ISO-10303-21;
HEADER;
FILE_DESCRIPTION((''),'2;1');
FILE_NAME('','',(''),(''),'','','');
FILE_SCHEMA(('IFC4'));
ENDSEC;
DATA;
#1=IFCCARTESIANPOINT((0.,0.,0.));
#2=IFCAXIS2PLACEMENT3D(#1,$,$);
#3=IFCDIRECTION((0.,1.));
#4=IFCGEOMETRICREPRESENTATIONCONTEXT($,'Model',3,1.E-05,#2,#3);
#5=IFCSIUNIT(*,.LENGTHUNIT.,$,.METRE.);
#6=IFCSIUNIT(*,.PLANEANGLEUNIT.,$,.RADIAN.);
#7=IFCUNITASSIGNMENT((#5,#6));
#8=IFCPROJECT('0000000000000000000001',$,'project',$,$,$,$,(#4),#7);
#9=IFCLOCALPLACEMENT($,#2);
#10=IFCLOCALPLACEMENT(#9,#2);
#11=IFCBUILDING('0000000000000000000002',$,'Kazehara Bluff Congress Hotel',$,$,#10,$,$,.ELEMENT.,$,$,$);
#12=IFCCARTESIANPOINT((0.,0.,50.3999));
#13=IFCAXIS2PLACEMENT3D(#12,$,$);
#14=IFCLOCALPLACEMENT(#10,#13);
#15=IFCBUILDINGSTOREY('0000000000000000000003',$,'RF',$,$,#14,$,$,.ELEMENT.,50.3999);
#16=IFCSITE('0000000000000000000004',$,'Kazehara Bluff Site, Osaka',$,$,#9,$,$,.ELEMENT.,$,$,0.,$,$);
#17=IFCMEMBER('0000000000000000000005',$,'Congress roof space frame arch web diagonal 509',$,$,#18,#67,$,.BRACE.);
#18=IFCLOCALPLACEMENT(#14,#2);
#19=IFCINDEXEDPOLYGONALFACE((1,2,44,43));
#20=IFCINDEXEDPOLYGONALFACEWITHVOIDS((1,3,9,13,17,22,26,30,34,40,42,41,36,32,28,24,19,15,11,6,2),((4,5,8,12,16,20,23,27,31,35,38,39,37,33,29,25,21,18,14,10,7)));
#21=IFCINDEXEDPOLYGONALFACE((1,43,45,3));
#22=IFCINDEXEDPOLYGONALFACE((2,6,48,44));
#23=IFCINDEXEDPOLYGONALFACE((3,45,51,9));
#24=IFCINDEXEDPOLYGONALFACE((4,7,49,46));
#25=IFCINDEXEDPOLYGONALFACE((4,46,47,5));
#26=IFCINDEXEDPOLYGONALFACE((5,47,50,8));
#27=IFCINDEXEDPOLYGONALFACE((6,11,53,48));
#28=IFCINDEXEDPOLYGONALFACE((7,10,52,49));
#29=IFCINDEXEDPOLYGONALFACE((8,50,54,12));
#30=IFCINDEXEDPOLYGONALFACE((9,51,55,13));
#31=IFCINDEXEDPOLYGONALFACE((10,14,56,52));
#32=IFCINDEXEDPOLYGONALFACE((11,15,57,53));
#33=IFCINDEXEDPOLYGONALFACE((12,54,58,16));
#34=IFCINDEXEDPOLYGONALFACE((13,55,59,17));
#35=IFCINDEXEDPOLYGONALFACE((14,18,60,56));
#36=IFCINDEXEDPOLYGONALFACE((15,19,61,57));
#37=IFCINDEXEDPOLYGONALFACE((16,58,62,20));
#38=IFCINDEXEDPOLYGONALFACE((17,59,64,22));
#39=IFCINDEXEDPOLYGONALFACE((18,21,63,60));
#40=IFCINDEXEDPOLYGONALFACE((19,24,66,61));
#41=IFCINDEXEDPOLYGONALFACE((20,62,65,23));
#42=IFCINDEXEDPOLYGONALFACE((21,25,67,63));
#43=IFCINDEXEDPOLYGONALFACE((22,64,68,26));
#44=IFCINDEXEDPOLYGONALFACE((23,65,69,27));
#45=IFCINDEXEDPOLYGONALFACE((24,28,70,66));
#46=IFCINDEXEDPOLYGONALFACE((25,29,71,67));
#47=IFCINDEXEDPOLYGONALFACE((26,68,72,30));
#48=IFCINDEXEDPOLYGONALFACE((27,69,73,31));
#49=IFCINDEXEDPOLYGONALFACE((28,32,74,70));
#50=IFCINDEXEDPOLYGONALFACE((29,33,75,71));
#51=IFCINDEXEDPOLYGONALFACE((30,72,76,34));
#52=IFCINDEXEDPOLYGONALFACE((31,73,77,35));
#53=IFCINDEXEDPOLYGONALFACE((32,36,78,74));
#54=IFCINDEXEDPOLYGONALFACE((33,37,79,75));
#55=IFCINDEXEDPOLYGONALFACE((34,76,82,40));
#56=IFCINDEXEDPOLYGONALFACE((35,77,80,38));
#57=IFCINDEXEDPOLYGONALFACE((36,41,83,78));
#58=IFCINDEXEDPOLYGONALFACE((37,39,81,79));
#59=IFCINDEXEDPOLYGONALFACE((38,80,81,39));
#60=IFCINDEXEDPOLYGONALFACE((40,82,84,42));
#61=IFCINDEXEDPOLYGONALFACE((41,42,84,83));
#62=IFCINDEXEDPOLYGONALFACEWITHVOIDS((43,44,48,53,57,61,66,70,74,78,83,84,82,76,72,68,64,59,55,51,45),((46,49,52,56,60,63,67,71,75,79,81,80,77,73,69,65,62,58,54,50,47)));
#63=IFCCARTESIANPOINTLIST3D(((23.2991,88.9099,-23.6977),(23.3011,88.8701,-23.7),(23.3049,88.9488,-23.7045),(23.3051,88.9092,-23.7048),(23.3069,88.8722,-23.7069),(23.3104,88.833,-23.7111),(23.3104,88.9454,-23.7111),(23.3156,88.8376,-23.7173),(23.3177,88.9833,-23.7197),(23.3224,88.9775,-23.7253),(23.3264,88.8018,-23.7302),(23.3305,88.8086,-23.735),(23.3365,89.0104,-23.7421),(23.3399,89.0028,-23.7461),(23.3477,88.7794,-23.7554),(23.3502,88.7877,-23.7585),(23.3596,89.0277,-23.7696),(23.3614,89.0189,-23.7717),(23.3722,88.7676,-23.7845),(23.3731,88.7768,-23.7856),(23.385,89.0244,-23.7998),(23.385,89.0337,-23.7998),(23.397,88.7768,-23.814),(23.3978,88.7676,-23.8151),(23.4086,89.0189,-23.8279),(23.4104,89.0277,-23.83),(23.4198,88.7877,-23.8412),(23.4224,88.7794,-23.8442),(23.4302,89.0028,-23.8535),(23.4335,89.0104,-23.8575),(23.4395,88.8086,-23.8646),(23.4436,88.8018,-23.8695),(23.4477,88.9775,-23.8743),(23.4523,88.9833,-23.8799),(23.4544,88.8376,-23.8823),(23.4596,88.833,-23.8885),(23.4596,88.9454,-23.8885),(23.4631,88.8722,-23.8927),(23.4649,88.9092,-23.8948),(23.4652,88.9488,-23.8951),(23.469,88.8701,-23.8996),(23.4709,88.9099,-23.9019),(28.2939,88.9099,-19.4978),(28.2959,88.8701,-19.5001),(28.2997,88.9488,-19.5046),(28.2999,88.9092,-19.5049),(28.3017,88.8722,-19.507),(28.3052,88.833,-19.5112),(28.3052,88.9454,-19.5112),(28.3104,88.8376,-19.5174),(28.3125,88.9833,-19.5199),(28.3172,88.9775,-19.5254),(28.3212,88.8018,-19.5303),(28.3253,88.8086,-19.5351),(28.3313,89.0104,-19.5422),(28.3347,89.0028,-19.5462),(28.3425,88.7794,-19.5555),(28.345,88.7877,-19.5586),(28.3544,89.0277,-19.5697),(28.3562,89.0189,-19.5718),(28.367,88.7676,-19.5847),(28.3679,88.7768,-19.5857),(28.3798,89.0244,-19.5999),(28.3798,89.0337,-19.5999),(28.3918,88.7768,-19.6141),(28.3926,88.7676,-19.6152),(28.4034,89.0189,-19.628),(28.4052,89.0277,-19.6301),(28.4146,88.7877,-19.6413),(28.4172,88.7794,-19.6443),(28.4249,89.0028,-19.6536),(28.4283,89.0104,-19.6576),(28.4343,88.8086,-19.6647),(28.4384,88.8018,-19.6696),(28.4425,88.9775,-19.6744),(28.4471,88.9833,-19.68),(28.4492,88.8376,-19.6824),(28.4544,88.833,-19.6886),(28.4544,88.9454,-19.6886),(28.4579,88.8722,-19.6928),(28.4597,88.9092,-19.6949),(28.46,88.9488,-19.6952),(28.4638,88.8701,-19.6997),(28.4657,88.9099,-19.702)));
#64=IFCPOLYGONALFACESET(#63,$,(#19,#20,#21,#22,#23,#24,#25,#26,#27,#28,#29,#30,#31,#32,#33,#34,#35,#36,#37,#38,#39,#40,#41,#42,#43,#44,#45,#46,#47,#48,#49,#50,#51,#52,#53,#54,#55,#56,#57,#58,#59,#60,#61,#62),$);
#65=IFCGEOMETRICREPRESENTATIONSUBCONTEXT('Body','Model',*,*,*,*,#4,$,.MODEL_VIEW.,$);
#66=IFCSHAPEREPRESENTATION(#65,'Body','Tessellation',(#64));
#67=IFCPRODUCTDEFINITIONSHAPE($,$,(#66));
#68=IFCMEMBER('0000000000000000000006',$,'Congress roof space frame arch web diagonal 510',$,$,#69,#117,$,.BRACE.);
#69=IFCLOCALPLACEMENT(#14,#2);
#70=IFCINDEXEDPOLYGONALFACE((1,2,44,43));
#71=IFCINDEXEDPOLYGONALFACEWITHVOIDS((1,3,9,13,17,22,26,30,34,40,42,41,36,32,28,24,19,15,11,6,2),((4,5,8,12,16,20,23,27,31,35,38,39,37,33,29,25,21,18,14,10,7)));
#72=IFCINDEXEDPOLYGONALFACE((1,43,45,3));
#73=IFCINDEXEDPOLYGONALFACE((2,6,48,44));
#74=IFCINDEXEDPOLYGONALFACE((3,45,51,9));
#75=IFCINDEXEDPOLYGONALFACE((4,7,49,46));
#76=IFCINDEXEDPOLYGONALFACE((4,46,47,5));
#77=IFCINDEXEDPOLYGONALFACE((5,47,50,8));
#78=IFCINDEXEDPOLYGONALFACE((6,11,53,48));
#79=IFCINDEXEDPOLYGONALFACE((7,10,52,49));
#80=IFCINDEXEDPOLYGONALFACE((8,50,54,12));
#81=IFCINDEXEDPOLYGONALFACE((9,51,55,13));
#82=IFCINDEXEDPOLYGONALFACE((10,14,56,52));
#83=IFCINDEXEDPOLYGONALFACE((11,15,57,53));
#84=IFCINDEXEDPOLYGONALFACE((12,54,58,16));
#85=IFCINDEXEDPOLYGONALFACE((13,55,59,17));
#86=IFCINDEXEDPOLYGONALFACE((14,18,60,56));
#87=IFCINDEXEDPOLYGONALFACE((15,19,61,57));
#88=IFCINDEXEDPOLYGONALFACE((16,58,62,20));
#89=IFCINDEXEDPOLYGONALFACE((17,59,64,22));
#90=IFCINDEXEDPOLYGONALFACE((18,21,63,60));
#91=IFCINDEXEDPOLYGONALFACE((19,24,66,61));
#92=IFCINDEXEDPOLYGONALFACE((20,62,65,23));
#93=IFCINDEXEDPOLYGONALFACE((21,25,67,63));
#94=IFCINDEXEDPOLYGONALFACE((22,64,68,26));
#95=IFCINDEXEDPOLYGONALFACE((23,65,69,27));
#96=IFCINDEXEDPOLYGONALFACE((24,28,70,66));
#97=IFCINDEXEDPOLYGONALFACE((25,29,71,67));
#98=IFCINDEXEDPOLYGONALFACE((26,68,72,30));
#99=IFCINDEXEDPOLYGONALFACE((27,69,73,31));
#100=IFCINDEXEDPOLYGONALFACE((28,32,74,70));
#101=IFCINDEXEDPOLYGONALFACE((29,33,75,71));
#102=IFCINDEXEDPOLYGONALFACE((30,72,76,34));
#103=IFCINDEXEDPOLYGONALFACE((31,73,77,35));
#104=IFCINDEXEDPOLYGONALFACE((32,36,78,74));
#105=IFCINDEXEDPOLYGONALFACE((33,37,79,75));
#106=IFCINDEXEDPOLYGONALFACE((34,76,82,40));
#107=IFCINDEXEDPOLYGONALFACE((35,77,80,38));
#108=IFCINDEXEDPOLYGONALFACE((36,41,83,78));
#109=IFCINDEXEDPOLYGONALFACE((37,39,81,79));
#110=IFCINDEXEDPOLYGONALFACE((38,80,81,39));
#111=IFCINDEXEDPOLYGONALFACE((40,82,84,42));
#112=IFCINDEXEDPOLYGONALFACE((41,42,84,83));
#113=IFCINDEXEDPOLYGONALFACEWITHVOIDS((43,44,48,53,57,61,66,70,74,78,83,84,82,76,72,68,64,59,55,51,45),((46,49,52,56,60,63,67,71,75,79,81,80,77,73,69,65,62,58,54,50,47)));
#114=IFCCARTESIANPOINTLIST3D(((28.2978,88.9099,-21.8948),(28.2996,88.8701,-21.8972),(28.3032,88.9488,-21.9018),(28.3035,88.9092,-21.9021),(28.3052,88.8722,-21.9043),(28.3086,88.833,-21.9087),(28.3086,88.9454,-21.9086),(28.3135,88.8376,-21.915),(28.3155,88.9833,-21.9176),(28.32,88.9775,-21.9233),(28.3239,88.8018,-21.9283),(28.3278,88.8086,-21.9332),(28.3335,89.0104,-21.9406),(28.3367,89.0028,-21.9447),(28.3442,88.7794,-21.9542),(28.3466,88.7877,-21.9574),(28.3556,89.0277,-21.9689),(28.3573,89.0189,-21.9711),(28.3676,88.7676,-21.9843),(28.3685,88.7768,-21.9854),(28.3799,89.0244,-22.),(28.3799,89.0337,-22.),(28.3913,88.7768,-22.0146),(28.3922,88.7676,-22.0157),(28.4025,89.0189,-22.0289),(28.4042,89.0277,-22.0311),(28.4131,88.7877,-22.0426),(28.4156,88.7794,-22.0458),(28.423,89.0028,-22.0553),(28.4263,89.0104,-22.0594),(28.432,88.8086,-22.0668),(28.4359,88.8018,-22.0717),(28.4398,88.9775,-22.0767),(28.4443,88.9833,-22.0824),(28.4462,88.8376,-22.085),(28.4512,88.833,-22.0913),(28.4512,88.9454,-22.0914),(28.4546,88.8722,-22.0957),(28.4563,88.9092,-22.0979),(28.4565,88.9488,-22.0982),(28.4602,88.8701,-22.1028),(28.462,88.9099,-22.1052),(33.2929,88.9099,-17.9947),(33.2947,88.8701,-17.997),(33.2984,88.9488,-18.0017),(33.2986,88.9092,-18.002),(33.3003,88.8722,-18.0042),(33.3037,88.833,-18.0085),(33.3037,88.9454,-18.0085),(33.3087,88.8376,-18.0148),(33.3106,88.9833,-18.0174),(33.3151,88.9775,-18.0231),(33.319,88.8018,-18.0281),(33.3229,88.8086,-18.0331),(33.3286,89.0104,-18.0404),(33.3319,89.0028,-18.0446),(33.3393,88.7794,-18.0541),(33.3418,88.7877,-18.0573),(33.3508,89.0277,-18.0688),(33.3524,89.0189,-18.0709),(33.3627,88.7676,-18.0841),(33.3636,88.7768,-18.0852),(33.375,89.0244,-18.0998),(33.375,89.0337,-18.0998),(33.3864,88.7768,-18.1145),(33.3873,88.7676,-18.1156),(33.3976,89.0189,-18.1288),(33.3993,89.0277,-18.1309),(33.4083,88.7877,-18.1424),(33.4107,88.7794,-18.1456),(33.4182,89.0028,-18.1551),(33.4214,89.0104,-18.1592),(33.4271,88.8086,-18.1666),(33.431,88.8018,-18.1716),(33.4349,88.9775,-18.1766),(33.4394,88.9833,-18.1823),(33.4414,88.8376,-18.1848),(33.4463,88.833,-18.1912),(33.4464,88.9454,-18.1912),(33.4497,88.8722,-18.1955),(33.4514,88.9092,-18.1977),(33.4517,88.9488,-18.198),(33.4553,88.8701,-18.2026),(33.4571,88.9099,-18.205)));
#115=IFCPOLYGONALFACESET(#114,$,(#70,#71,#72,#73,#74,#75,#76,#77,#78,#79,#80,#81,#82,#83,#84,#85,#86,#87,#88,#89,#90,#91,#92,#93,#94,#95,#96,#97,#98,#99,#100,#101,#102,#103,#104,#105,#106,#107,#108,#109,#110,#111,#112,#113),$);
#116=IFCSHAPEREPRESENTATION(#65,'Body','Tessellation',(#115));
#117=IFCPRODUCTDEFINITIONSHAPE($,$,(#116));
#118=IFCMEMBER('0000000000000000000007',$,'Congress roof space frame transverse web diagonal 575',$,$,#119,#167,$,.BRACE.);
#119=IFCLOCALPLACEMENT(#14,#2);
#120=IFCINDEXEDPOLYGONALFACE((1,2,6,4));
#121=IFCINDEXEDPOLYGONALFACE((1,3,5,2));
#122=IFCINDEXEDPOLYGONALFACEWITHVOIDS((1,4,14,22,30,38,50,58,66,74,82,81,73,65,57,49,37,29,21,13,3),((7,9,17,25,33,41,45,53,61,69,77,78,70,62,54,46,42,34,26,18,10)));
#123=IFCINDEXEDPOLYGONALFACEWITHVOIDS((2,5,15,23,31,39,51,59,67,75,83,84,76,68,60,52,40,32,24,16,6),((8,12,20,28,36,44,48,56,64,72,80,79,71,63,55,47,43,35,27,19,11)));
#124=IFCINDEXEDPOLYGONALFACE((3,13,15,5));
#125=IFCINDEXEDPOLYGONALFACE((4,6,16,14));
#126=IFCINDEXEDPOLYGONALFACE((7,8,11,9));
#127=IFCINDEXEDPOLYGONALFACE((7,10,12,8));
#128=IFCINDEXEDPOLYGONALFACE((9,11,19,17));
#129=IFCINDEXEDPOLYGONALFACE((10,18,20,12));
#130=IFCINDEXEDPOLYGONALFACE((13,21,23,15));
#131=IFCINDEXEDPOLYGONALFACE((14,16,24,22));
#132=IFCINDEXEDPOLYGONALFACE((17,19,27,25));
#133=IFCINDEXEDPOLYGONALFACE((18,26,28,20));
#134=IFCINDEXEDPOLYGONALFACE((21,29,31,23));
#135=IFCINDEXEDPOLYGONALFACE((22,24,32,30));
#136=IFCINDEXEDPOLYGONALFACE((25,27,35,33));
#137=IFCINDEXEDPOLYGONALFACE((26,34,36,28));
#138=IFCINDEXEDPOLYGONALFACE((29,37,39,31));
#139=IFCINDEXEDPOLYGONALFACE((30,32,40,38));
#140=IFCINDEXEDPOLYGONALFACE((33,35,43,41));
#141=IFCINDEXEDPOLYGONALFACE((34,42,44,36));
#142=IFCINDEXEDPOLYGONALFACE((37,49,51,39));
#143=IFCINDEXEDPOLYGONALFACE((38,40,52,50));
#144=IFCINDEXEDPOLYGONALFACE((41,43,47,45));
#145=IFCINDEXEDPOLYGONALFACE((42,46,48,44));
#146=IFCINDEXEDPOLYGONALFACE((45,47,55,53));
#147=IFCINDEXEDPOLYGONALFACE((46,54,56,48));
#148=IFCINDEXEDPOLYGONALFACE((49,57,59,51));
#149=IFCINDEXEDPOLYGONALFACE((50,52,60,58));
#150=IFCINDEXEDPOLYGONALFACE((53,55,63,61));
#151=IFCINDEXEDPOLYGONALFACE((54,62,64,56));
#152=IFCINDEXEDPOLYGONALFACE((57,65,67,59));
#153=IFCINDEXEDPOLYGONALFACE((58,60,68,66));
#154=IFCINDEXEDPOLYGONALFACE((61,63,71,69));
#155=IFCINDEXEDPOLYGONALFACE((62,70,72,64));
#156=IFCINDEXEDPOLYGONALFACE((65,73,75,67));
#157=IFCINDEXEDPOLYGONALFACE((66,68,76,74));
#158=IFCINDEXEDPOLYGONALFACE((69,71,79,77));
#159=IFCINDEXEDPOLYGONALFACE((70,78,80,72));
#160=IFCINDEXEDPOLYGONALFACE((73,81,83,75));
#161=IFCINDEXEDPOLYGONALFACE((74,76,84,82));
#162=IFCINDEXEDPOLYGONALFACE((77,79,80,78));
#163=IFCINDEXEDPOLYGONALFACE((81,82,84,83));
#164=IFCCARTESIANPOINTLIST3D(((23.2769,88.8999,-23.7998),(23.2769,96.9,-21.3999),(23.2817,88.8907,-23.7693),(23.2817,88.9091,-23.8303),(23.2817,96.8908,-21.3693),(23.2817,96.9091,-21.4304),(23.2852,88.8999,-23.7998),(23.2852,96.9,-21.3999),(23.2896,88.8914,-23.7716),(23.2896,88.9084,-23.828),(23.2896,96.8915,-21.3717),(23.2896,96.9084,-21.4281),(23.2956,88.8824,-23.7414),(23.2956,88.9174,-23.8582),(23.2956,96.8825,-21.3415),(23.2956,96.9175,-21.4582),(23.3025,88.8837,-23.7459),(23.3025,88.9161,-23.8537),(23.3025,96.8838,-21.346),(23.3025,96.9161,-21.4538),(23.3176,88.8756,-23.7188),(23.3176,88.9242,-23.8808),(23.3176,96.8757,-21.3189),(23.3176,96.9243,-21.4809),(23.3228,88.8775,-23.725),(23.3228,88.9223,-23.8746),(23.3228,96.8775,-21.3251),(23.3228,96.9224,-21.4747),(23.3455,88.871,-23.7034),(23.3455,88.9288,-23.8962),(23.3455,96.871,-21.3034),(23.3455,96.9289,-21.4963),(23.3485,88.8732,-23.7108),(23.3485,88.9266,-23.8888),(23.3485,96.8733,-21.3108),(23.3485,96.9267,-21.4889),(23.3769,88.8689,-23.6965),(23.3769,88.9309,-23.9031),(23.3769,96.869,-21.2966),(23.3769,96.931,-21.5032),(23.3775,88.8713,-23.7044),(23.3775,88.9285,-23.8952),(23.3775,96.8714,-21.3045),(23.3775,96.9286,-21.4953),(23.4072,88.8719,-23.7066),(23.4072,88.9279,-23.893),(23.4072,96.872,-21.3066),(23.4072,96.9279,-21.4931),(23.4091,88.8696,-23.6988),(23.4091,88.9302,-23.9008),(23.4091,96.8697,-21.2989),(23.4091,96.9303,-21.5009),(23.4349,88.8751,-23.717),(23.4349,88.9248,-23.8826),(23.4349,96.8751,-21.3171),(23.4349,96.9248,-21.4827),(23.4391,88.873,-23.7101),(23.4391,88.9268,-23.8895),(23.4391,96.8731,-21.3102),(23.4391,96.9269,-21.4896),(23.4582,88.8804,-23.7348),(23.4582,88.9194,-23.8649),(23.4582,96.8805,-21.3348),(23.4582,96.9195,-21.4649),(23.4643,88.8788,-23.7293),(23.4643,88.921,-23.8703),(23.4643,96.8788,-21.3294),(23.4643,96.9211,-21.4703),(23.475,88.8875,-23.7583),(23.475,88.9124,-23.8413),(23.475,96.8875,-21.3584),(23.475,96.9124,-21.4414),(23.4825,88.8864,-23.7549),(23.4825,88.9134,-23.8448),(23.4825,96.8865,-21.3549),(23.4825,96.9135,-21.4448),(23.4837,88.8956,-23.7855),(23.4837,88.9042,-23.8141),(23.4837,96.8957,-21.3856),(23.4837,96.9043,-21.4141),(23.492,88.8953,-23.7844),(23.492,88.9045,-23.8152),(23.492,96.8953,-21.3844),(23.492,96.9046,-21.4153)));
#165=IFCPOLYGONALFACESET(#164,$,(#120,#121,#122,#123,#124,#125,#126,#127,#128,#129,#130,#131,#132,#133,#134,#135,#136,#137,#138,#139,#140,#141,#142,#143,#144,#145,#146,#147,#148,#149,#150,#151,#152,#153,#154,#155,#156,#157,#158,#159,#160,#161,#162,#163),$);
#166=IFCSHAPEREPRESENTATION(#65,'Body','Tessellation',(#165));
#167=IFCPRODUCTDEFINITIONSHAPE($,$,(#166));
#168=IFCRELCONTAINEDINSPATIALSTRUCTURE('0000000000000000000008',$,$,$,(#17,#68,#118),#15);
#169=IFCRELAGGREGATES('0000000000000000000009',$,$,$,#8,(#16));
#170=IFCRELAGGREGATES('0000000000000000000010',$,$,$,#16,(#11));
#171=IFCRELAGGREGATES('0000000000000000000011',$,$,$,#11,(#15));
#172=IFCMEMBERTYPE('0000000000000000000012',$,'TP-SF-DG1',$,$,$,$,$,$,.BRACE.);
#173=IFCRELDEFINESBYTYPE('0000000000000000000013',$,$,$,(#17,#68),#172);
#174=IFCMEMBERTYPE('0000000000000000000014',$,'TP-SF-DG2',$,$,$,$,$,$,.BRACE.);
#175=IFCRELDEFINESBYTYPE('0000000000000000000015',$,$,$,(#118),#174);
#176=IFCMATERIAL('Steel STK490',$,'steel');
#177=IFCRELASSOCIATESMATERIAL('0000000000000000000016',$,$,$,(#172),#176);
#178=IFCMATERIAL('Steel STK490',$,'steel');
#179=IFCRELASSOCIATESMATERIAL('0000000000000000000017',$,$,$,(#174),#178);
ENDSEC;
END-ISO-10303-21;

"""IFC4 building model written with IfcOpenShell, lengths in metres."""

from ifc_helpers import new_model, si_unit, direction, frame, origin, origin_2d, place, context, subcontext, project, spatial, hollow_circle, extrude, material, material_profile, profile_set, type_object, element, save


model = new_model("IFC4")

# Units and contexts
model_context = context("Model", 3, precision=1e-05, world=origin(), true_north=direction((0.0, 1.0)))
body_context = subcontext(model_context, "Body", "Model", "MODEL_VIEW")
ifc_project = project(units=[si_unit("LENGTHUNIT", "METRE"), si_unit("PLANEANGLEUNIT", "RADIAN")], contexts=[model_context])

# Site, building, storey
site_placement = place(None, origin())
site = spatial("IfcSite", under=ifc_project, at=site_placement, Name="Kazehara Bluff Site, Osaka", CompositionType="ELEMENT", RefElevation=0.0)
building_placement = place(site_placement, origin())
building = spatial("IfcBuilding", under=site, at=building_placement, Name="Kazehara Bluff Congress Hotel", CompositionType="ELEMENT")
storey_placement = place(building_placement, frame((0.0, 0.0, 50.3999)))
storey = spatial("IfcBuildingStorey", under=building, at=storey_placement, Name="RF", CompositionType="ELEMENT", Elevation=50.3999)

# Members
ifc_material_1 = material(Name="Steel STK490", Category="steel")
ifc_material_profile_1 = material_profile(ifc_material_1, hollow_circle(Radius=0.1338, WallThickness=0.0093, at=origin_2d()))
ifc_profile_set_1 = profile_set([ifc_material_profile_1], Name="Steel STK490")
member_type_1 = type_object("IfcMemberType", Name="TP-SF-DG1", PredefinedType="BRACE", material=ifc_profile_set_1)
member_1_placement = place(storey_placement, frame((23.385, 88.8999, -23.7998), z_axis=(0.765383, 0.0, 0.643575), x_axis=(0.0, 1.0, 0.0)))
element("IfcMember", 1, at=member_1_placement, inside=storey, type_object=member_type_1, Name="Congress roof space frame arch web diagonal 509", PredefinedType="BRACE", context=body_context, shape_type="SweptSolid", body=[
    extrude(hollow_circle(Radius=0.1338, WallThickness=0.0093, at=origin_2d()), origin(), (0.0, 0.0, 1.0), 6.5259),
])
member_2_placement = place(storey_placement, frame((28.3799, 88.8999, -22.0), z_axis=(0.7882, 0.0, 0.61542), x_axis=(0.0, 1.0, 0.0)))
element("IfcMember", 2, at=member_2_placement, inside=storey, type_object=member_type_1, Name="Congress roof space frame arch web diagonal 510", PredefinedType="BRACE", context=body_context, shape_type="SweptSolid", body=[
    extrude(hollow_circle(Radius=0.1338, WallThickness=0.0093, at=origin_2d()), origin(), (0.0, 0.0, 1.0), 6.3374),
])
ifc_material_2 = material(Name="Steel STK490", Category="steel")
ifc_material_profile_2 = material_profile(ifc_material_2, hollow_circle(Radius=0.1082, WallThickness=0.0083, at=origin_2d()))
ifc_profile_set_2 = profile_set([ifc_material_profile_2], Name="Steel STK490")
member_type_2 = type_object("IfcMemberType", Name="TP-SF-DG2", PredefinedType="BRACE", material=ifc_profile_set_2)
for number, where, z_axis, x_axis, name in (
    (3, (23.385, 88.8999, -23.7998), (0.0, 0.95783, 0.287337), (-1.0, 0.0, 0.0), "Congress roof space frame transverse web diagonal 575"),
):
    element("IfcMember", number, at=place(storey_placement, frame(where, z_axis=z_axis, x_axis=x_axis)), inside=storey, type_object=member_type_2, Name=name, PredefinedType="BRACE", context=body_context, shape_type="SweptSolid", body=[
        extrude(hollow_circle(Radius=0.1082, WallThickness=0.0083, at=origin_2d()), origin(), (0.0, 0.0, 1.0), 8.3523),
    ])

save(model, "model.ifc")
